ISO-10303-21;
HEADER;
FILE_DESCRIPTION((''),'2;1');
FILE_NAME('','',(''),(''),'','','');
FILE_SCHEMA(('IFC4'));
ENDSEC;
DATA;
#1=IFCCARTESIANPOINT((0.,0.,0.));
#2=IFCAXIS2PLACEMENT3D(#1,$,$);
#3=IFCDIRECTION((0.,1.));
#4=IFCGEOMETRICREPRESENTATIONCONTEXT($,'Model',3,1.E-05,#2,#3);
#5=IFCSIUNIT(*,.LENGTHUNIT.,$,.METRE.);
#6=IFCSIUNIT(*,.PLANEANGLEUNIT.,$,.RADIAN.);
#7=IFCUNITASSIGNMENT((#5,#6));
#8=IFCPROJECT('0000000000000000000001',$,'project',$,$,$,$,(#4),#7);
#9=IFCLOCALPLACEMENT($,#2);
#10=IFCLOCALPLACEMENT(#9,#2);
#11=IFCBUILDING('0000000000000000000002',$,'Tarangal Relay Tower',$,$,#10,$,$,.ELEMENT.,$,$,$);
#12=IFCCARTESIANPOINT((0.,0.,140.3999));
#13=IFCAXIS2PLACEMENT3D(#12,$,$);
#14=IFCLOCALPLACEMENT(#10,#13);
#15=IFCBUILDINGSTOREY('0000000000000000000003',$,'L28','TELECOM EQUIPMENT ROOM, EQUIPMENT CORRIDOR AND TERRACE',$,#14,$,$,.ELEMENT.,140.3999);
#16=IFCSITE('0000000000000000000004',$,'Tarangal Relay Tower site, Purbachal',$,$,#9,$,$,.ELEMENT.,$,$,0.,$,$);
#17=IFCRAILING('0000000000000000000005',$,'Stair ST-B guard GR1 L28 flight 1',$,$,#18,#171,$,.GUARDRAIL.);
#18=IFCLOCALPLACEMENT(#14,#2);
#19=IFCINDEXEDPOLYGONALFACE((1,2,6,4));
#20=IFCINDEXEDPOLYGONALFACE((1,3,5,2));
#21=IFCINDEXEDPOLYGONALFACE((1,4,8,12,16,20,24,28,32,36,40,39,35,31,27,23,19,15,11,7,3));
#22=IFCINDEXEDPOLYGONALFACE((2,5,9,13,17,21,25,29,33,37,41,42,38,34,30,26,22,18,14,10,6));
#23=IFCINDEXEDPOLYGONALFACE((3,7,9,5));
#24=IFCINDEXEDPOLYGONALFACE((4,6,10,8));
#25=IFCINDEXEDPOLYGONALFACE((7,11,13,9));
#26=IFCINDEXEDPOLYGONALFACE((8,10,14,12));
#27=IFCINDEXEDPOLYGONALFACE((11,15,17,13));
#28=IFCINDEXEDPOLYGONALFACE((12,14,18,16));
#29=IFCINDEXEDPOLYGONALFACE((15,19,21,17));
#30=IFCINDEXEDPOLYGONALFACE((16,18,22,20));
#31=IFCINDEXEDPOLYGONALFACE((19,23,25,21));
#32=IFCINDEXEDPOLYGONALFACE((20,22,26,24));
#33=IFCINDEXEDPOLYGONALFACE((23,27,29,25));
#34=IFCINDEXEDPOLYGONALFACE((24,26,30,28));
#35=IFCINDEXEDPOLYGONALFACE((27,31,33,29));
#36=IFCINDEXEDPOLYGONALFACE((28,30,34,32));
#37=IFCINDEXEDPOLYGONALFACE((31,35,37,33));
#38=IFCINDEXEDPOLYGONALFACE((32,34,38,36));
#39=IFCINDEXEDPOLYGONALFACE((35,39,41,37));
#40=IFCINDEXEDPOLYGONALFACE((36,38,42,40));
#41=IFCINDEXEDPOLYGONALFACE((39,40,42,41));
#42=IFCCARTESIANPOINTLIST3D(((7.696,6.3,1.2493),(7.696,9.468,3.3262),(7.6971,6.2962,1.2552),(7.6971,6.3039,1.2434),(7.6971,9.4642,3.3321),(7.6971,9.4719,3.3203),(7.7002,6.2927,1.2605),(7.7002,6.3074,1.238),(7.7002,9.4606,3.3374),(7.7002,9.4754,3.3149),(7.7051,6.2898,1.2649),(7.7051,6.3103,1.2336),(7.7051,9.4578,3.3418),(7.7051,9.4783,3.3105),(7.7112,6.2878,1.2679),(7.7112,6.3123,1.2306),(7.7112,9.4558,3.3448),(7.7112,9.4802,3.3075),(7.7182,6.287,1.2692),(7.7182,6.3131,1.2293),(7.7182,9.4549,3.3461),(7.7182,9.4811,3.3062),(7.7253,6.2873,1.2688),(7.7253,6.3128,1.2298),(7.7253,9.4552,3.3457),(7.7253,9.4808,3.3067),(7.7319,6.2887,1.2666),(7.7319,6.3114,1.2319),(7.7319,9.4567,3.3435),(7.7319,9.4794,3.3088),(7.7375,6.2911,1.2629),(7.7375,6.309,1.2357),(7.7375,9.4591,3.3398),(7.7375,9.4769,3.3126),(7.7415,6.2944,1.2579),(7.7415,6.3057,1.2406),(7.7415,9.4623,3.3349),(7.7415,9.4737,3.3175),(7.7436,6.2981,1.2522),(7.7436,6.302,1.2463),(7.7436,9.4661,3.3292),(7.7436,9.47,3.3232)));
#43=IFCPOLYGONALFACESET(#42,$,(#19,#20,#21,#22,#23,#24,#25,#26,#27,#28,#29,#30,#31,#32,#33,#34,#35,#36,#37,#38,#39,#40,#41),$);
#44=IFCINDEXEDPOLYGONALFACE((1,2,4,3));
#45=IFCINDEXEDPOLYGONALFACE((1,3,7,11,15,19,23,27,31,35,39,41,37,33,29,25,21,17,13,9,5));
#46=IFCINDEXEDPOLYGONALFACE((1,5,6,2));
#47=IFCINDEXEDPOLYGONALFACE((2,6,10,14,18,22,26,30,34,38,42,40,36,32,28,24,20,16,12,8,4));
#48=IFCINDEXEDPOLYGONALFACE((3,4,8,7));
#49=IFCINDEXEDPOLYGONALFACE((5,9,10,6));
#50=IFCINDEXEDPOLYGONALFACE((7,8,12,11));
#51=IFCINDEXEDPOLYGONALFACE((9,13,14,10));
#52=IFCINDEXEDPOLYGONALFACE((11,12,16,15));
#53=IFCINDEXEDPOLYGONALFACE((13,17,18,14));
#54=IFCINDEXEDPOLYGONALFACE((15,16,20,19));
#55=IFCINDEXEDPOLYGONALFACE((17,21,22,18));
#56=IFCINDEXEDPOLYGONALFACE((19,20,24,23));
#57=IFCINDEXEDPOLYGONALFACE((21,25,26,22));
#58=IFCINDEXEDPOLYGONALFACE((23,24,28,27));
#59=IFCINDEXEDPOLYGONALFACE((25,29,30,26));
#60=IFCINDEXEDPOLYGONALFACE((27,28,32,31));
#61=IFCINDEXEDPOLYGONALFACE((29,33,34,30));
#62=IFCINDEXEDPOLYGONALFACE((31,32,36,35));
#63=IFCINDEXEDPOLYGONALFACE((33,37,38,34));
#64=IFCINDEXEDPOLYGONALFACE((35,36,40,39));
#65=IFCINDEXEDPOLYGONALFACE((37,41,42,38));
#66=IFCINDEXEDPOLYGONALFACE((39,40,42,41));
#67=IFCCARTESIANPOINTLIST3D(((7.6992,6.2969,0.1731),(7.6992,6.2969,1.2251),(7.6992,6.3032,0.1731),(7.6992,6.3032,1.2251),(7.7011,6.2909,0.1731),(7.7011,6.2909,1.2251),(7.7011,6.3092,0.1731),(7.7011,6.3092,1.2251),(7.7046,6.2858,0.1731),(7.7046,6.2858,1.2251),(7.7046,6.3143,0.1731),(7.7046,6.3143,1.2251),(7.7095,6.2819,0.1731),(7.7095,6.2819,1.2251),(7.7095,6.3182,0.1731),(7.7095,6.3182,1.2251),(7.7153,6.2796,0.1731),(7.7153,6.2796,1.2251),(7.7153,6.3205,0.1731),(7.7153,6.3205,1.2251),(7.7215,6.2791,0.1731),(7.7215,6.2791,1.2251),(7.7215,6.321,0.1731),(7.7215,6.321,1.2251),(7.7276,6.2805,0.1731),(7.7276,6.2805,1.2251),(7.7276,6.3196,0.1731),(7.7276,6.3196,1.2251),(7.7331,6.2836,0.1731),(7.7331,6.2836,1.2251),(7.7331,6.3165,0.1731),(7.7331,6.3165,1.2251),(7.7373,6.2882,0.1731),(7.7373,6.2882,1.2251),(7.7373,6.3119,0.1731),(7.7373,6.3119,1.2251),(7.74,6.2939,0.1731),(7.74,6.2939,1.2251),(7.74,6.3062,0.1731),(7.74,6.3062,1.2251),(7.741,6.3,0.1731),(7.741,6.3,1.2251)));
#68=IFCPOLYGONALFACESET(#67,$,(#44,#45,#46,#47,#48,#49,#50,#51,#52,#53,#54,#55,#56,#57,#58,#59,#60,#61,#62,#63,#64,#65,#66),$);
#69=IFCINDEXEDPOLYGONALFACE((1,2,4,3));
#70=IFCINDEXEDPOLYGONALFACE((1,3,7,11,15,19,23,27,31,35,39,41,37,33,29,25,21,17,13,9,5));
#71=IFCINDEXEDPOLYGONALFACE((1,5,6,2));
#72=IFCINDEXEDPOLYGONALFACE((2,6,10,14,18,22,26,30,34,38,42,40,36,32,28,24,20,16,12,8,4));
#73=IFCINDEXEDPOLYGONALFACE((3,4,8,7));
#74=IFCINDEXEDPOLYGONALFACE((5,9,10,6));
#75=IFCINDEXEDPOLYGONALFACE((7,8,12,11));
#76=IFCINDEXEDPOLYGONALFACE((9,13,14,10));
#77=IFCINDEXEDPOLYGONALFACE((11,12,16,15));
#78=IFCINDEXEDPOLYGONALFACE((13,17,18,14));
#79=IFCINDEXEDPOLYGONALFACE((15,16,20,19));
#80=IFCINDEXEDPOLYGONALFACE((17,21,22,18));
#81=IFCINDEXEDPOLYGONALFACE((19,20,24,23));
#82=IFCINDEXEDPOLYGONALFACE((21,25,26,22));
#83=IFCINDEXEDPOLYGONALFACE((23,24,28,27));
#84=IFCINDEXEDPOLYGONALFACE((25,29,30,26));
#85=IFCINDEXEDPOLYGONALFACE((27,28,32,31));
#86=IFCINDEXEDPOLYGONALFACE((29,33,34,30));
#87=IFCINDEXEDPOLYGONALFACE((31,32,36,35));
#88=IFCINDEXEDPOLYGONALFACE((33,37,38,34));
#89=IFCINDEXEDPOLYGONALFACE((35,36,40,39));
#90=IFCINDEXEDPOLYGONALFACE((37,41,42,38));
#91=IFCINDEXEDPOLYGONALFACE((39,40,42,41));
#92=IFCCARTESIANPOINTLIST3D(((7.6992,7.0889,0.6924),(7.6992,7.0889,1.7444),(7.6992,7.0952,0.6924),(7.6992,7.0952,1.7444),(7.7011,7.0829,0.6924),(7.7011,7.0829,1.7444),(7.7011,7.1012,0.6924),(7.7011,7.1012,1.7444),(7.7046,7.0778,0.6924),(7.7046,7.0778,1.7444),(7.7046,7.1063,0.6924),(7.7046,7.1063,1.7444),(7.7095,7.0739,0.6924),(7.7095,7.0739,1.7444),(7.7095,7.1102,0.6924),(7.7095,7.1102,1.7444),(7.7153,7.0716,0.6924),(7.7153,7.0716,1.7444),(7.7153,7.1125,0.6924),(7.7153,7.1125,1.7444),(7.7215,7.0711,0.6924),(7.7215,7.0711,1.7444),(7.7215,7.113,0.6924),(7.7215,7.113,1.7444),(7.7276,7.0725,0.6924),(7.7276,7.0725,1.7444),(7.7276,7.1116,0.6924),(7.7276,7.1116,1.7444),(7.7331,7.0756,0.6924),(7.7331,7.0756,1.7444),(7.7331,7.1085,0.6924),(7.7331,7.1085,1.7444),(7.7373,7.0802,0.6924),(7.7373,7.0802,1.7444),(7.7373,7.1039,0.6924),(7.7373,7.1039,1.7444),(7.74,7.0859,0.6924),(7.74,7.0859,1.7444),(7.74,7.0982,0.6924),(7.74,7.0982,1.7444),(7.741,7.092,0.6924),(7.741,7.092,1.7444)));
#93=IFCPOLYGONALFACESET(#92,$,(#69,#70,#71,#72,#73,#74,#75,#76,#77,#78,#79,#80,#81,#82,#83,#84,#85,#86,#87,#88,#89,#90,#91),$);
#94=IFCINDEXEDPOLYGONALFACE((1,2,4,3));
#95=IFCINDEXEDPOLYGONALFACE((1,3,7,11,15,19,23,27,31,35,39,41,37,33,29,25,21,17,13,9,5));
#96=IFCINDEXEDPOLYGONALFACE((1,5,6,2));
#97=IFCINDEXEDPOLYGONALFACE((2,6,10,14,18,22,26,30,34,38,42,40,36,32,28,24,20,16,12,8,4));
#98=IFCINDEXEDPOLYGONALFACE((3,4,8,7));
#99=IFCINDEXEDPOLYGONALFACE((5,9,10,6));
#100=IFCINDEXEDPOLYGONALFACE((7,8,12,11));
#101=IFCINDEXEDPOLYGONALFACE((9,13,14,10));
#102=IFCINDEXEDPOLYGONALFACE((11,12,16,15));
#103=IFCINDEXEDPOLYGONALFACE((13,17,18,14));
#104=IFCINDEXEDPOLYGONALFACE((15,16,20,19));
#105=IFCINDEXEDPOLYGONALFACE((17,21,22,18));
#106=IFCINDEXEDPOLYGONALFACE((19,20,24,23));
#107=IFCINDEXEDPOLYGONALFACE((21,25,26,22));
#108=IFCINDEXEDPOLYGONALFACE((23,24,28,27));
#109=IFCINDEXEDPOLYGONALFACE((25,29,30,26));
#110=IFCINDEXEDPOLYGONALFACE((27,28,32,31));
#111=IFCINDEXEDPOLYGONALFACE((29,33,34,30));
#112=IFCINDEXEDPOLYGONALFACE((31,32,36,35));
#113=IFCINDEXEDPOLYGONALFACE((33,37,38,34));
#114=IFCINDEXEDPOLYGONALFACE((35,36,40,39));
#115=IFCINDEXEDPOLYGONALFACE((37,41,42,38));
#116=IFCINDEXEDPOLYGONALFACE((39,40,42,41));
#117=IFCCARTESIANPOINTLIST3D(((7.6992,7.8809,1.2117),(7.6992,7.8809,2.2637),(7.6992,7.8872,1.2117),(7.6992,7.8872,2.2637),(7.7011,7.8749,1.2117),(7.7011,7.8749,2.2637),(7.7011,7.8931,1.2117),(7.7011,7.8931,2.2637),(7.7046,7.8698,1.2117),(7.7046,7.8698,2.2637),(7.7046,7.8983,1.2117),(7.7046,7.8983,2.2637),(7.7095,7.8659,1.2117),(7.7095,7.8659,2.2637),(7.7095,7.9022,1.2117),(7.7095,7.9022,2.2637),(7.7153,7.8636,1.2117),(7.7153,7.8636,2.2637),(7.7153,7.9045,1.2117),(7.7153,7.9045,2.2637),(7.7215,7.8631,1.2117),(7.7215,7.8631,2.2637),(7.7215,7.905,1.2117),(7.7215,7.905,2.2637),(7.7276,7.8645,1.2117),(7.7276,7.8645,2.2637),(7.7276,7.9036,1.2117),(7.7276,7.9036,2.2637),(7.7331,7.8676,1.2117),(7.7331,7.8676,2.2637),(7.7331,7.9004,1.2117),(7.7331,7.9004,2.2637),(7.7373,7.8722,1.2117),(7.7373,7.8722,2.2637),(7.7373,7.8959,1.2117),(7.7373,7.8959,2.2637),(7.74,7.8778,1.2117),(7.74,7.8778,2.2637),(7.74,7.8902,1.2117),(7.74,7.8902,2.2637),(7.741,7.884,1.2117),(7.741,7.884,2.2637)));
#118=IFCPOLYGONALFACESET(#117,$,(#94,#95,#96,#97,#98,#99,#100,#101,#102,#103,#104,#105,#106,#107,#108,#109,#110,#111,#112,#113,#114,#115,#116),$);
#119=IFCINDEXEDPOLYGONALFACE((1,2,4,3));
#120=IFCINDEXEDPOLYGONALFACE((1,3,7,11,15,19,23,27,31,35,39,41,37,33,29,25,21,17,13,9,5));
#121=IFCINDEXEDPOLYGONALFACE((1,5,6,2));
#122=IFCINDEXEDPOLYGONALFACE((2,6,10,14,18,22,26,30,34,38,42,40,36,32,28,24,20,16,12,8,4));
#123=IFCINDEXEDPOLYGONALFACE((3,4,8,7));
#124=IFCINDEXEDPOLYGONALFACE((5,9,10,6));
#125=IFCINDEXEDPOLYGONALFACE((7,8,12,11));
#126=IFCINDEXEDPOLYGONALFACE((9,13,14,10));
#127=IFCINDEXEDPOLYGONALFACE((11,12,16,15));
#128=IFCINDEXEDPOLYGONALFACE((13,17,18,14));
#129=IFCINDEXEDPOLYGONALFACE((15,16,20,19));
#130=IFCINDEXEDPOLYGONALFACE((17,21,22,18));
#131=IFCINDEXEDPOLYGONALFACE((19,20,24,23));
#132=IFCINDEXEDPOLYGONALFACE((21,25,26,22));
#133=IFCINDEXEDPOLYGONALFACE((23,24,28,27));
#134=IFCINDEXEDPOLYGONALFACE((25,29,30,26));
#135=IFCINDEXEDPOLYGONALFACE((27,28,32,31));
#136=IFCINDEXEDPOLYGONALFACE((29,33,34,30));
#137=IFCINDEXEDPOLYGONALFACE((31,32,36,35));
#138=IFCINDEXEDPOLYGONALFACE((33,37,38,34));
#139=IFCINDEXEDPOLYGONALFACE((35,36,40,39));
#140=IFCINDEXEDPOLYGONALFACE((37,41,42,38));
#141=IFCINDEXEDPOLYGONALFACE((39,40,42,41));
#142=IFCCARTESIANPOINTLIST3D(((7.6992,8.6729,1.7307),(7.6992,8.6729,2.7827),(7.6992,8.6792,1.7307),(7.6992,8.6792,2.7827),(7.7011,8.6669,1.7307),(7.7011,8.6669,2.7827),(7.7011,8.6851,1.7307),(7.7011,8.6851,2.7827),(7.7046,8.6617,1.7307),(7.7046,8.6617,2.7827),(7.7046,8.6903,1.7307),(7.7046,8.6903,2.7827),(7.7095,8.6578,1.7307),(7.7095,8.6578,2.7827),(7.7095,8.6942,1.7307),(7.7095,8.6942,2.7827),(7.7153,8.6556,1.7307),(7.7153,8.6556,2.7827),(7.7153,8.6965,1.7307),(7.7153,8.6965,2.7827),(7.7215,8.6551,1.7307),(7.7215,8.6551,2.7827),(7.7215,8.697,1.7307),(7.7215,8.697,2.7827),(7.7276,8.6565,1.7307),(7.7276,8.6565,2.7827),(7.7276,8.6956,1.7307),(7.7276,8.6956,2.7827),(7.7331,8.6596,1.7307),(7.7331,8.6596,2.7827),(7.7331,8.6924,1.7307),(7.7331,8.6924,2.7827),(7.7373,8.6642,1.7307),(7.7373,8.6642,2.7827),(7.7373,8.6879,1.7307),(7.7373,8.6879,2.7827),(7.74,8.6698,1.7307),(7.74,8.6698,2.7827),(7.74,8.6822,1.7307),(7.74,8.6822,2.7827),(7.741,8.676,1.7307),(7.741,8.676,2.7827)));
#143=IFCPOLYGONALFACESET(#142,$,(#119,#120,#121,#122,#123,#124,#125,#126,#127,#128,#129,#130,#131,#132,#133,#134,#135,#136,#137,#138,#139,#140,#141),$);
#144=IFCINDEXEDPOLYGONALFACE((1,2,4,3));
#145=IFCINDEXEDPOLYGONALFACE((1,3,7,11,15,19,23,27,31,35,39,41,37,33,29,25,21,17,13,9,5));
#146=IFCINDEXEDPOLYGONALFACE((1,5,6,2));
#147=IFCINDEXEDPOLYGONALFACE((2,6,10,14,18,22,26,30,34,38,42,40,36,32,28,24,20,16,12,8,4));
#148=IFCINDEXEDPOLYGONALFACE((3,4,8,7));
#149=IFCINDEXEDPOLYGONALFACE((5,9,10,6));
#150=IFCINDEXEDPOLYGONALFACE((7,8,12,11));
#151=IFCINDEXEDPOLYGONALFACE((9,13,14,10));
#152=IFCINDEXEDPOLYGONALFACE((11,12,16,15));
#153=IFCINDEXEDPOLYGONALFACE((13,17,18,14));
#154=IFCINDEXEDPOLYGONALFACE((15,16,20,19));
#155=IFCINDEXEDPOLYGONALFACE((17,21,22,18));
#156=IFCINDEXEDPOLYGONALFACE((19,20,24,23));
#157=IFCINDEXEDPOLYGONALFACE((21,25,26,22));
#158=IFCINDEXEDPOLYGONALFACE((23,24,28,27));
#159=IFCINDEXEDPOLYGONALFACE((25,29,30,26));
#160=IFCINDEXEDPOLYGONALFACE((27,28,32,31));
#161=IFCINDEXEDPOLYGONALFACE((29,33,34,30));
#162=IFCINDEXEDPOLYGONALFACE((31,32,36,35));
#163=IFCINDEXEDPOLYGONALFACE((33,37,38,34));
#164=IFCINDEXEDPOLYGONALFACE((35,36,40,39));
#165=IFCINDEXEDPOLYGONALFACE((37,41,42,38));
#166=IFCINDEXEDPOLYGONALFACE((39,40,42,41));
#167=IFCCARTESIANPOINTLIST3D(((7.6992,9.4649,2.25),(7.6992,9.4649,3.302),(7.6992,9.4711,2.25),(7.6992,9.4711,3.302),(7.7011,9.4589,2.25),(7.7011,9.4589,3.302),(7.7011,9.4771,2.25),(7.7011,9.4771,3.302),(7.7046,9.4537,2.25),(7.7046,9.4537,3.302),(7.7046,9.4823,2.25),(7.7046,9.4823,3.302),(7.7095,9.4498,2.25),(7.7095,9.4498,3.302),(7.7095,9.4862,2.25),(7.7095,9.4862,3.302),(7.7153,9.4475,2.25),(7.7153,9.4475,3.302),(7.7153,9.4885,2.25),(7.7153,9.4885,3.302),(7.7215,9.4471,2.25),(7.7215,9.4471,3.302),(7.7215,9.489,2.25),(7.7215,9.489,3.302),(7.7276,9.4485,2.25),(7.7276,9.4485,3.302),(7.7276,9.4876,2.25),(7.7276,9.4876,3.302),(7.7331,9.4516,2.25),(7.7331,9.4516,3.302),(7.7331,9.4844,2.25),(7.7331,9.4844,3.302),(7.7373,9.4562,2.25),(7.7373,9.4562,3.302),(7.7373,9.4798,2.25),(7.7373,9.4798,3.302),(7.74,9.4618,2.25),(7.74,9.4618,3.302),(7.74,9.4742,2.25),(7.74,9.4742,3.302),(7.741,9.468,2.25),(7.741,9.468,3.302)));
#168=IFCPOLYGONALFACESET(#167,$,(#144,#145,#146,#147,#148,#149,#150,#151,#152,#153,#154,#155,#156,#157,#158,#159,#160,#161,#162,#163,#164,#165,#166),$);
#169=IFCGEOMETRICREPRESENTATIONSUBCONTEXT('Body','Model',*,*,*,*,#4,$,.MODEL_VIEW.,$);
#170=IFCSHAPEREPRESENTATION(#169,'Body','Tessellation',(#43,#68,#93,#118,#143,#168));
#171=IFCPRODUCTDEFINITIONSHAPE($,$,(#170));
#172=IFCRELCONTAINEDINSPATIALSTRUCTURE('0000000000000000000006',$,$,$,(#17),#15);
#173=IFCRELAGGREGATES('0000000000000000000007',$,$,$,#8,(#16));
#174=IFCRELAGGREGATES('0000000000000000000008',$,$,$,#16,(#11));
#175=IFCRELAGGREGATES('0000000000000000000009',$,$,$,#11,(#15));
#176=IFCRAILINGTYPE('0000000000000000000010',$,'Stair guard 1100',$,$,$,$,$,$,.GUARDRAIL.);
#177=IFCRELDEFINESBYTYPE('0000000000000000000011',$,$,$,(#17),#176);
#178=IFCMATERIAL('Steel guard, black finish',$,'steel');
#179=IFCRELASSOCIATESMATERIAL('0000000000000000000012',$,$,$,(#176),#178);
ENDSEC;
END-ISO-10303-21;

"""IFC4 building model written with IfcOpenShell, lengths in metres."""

from ifc_helpers import new_model, si_unit, direction, frame, origin, origin_2d, place, context, subcontext, project, spatial, circle, extrude, material, type_object, element, save


model = new_model("IFC4")

# Units and contexts
model_context = context("Model", 3, precision=1e-05, world=origin(), true_north=direction((0.0, 1.0)))
body_context = subcontext(model_context, "Body", "Model", "MODEL_VIEW")
ifc_project = project(units=[si_unit("LENGTHUNIT", "METRE"), si_unit("PLANEANGLEUNIT", "RADIAN")], contexts=[model_context])

# Site, building, storey
site_placement = place(None, origin())
site = spatial("IfcSite", under=ifc_project, at=site_placement, Name="Tarangal Relay Tower site, Purbachal", CompositionType="ELEMENT", RefElevation=0.0)
building_placement = place(site_placement, origin())
building = spatial("IfcBuilding", under=site, at=building_placement, Name="Tarangal Relay Tower", CompositionType="ELEMENT")
storey_placement = place(building_placement, frame((0.0, 0.0, 140.3999)))
storey = spatial("IfcBuildingStorey", under=building, at=storey_placement, Name="L28", Description="TELECOM EQUIPMENT ROOM, EQUIPMENT CORRIDOR AND TERRACE", CompositionType="ELEMENT", Elevation=140.3999)

# Railing
ifc_material_1 = material(Name="Steel guard, black finish", Category="steel")
railing_type_1 = type_object("IfcRailingType", Name="Stair guard 1100", PredefinedType="GUARDRAIL", material=ifc_material_1)
railing_1_placement = place(storey_placement, frame((7.72, 6.3, 0.1731)))
element("IfcRailing", 1, at=railing_1_placement, inside=storey, type_object=railing_type_1, Name="Stair ST-B guard GR1 L28 flight 1", PredefinedType="GUARDRAIL", context=body_context, shape_type="SweptSolid", body=[
    extrude(circle(Radius=0.0239, at=origin_2d()), frame((0.0, 0.0, 1.0762), z_axis=(0.0, 0.836299, 0.548273), x_axis=(-1.0, 0.0, 0.0)), (0.0, 0.0, 1.0), 3.7881),
    extrude(circle(Radius=0.021, at=origin_2d()), origin(), (0.0, 0.0, 1.0), 1.052),
    extrude(circle(Radius=0.021, at=origin_2d()), frame((0.0, 0.792, 0.5193)), (0.0, 0.0, 1.0), 1.052),
    extrude(circle(Radius=0.021, at=origin_2d()), frame((0.0, 1.584, 1.0386)), (0.0, 0.0, 1.0), 1.052),
    extrude(circle(Radius=0.021, at=origin_2d()), frame((0.0, 2.376, 1.5576)), (0.0, 0.0, 1.0), 1.052),
    extrude(circle(Radius=0.021, at=origin_2d()), frame((0.0, 3.168, 2.0769)), (0.0, 0.0, 1.0), 1.052),
])

save(model, "model.ifc")
